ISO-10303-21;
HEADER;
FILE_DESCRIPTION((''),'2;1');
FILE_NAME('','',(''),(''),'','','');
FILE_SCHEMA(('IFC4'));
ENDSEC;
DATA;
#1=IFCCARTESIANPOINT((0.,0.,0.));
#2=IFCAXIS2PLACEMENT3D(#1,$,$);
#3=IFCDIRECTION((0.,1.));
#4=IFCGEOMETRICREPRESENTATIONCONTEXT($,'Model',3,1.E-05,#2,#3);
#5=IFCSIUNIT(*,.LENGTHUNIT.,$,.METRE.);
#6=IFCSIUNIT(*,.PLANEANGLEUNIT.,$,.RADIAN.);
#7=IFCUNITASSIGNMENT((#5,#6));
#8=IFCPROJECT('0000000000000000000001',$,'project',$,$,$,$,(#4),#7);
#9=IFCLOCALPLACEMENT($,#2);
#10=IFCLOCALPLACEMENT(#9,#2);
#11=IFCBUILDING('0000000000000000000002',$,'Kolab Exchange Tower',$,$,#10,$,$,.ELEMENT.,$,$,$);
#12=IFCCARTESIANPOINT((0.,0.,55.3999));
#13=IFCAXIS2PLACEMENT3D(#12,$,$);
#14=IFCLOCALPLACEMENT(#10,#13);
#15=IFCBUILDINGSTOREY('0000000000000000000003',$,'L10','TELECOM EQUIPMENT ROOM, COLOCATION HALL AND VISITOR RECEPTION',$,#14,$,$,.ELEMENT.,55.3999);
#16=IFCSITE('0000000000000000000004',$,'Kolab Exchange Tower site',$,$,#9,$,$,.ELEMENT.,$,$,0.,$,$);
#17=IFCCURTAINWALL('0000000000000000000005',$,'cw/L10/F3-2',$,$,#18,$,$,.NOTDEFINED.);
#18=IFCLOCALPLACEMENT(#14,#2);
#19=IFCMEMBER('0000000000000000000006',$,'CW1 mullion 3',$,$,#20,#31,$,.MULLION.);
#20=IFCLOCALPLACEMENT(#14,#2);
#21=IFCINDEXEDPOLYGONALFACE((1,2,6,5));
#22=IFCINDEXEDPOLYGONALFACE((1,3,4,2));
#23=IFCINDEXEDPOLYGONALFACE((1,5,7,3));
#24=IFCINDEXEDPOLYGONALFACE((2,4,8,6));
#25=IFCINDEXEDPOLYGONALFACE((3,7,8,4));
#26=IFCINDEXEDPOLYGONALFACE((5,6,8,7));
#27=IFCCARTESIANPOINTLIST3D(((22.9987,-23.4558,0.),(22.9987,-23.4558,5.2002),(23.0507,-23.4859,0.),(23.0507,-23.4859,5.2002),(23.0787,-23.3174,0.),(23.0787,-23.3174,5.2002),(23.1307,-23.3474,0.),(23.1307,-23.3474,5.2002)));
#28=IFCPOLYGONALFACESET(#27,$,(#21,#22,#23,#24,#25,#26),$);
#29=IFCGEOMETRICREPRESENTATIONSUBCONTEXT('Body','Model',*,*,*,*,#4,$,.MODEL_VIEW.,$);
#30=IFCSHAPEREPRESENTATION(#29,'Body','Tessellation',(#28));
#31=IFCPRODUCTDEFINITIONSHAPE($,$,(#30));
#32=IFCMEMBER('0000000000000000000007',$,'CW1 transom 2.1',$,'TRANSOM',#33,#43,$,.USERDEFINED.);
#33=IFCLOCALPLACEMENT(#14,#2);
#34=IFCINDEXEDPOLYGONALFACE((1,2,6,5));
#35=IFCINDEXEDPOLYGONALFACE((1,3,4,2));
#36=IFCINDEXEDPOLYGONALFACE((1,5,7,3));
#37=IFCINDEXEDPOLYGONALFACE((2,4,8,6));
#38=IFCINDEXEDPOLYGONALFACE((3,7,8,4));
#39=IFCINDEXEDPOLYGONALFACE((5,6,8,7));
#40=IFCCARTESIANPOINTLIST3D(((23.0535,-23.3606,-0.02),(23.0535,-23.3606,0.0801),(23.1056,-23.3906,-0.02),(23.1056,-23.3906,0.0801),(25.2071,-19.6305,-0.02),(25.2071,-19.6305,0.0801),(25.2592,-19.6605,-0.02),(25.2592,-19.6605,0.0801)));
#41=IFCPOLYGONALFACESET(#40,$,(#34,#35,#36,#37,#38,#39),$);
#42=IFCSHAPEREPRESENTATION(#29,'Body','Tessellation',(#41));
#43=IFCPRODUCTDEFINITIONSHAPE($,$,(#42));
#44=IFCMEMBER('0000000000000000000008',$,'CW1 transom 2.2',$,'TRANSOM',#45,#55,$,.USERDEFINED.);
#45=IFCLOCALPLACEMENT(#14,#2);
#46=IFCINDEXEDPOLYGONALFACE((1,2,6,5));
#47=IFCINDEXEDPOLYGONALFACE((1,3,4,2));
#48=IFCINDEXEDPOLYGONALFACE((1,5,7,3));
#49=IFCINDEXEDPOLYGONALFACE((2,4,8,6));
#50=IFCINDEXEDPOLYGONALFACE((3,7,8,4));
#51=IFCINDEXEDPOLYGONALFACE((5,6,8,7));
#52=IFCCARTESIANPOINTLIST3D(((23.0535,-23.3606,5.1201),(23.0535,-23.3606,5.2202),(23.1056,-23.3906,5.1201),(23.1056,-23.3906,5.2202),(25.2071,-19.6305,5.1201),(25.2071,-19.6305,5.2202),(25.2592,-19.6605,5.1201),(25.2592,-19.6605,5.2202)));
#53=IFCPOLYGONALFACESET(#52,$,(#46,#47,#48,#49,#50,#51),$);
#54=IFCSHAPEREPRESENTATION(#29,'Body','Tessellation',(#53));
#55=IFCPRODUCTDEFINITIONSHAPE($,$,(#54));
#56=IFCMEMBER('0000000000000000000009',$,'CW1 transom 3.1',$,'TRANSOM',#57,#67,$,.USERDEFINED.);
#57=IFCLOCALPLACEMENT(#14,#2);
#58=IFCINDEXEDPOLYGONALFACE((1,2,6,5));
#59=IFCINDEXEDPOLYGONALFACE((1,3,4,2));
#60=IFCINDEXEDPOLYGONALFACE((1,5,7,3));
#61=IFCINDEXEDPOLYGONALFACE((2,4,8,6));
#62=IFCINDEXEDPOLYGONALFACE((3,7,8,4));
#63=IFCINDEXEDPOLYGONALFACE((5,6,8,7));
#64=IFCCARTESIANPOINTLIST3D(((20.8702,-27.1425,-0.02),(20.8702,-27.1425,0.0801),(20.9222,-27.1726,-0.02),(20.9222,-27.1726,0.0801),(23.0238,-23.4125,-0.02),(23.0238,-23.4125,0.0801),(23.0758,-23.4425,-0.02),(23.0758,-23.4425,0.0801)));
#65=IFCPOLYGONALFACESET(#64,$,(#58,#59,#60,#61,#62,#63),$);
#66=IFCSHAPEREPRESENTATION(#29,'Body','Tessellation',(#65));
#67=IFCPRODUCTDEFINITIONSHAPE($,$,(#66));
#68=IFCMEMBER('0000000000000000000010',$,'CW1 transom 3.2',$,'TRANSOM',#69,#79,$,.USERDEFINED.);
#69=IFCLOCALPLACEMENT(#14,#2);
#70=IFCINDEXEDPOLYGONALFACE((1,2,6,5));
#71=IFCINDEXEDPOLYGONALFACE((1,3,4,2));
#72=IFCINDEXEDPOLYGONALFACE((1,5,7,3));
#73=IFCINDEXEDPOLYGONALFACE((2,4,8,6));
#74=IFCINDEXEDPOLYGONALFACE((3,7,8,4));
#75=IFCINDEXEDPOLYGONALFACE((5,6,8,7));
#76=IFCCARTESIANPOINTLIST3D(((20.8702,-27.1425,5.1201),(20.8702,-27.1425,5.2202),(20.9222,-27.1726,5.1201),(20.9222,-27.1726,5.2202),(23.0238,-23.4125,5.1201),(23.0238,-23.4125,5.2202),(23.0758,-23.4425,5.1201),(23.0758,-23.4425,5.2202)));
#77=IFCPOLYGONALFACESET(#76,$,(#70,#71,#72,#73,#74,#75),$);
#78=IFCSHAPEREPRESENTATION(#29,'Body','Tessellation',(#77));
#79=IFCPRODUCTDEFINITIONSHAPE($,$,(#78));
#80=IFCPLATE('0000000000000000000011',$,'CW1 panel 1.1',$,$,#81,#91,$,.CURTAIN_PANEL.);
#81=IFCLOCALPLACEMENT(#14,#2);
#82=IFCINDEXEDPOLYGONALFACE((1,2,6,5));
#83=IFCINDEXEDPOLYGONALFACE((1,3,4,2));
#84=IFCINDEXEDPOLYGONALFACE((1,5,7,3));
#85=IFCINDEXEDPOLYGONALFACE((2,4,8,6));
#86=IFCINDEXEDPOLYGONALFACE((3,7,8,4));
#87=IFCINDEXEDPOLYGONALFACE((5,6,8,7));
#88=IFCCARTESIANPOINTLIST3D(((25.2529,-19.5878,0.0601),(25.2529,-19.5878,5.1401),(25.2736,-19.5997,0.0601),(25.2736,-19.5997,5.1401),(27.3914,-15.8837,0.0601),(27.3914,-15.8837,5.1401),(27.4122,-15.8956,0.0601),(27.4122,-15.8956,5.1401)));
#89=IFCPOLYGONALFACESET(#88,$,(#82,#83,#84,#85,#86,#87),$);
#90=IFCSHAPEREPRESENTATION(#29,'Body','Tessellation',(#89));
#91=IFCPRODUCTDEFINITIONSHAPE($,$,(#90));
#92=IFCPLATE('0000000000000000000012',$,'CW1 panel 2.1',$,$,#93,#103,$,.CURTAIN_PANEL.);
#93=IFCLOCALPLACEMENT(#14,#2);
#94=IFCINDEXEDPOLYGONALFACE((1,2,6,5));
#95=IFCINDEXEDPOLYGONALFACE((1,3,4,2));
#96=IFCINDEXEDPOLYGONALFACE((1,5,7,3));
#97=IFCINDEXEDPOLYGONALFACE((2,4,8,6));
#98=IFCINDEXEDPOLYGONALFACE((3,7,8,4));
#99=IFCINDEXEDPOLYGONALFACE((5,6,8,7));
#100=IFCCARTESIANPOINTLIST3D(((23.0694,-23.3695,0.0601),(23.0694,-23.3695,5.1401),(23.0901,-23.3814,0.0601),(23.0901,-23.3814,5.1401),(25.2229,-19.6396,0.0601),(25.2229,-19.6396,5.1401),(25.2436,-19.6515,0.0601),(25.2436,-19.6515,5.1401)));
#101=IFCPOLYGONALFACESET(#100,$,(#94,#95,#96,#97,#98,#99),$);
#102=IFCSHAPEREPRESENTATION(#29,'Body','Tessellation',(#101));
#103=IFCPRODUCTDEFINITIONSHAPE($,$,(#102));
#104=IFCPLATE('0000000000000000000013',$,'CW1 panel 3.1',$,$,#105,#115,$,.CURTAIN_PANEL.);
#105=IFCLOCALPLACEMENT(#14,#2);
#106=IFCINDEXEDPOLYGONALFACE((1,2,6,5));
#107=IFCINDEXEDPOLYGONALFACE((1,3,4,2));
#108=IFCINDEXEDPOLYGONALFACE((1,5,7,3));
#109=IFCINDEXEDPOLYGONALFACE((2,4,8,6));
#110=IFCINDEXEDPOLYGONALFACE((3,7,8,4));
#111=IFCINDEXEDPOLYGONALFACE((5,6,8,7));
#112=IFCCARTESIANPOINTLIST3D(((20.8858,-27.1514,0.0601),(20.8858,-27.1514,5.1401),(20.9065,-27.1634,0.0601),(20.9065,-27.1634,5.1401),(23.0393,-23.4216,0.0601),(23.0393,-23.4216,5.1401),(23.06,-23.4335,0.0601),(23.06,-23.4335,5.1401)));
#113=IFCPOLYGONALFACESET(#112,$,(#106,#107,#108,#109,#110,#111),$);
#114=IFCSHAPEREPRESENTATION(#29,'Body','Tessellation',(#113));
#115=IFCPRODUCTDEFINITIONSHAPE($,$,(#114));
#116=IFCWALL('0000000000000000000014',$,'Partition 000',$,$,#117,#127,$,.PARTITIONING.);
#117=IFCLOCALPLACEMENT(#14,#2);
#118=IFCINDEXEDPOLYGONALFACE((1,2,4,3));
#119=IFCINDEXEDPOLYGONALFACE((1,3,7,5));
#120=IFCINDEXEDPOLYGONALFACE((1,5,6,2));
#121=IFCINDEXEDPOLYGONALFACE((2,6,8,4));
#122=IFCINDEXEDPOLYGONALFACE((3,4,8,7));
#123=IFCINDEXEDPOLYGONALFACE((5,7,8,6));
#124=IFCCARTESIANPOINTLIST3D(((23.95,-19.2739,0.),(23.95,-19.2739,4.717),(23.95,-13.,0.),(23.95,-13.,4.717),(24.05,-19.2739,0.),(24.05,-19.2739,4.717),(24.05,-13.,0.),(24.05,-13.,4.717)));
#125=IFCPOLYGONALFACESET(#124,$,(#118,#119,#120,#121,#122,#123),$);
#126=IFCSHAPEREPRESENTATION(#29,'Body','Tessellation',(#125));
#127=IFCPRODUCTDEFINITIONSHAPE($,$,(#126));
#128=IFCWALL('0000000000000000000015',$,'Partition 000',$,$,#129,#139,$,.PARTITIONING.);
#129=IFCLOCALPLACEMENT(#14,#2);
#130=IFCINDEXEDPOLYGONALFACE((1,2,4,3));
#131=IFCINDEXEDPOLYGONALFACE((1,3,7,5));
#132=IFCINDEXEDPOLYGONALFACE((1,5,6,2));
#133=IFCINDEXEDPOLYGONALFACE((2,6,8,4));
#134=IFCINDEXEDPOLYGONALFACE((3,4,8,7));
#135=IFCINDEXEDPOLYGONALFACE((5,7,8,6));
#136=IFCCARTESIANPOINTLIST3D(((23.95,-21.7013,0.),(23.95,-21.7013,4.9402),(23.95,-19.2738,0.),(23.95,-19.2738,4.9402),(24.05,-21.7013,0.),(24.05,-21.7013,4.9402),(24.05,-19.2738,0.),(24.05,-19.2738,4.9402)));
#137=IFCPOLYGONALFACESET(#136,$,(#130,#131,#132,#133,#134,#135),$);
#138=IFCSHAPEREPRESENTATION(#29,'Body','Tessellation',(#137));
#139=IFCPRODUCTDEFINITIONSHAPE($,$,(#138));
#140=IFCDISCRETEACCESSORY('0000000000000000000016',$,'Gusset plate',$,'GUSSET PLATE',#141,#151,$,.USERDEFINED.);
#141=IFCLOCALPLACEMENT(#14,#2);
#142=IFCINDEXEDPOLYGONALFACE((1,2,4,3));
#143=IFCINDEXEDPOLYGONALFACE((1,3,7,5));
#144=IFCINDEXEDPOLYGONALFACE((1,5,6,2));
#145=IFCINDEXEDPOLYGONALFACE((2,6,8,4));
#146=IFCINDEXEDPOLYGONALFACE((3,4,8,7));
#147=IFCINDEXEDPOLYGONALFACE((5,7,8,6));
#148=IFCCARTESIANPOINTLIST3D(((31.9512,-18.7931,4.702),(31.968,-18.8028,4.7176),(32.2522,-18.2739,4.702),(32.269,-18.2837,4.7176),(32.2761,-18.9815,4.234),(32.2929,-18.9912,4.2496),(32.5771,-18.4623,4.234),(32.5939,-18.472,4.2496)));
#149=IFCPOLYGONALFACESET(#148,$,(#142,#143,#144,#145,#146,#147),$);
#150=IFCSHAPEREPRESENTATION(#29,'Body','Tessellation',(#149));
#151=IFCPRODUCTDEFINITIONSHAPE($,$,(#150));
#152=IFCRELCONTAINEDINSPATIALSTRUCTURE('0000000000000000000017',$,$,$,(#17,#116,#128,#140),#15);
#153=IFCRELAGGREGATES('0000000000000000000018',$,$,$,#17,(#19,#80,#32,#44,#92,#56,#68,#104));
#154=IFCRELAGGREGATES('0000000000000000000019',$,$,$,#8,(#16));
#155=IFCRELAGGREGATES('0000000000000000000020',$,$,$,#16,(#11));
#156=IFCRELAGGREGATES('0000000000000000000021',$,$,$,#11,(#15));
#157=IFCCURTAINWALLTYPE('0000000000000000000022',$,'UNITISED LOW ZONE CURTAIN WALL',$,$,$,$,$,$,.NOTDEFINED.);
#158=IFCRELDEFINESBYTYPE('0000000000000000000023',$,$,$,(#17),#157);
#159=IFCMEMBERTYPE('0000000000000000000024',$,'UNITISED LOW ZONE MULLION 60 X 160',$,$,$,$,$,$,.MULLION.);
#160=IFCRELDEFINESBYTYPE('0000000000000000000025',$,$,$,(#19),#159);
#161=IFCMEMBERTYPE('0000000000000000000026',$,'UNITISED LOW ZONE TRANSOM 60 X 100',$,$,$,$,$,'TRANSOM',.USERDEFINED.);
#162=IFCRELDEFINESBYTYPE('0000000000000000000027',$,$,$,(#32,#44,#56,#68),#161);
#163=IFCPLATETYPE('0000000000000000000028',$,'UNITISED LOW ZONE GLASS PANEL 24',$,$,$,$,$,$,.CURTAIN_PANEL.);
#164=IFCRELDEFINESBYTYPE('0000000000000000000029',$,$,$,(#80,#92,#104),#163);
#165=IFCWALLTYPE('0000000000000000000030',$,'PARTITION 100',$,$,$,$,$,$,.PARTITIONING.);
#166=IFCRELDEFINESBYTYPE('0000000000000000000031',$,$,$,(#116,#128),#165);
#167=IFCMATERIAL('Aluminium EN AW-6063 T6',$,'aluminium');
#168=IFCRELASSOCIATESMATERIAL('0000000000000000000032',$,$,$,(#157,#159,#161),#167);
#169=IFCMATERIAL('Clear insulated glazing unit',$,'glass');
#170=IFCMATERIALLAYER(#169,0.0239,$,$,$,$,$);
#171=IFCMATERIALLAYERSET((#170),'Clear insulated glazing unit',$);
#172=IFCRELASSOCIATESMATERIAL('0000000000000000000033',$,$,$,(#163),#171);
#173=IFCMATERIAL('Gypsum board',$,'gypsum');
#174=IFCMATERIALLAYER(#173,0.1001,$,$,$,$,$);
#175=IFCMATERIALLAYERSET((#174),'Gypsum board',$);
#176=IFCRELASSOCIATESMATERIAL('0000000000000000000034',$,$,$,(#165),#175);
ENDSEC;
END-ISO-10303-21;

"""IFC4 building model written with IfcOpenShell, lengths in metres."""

from ifc_helpers import new_model, si_unit, direction, frame, frame_2d, origin, origin_2d, place, context, subcontext, project, spatial, rectangle, extrude, material, layer, layer_set, material_profile, profile_set, type_object, element, aggregate, save


model = new_model("IFC4")

# Units and contexts
model_context = context("Model", 3, precision=1e-05, world=origin(), true_north=direction((0.0, 1.0)))
body_context = subcontext(model_context, "Body", "Model", "MODEL_VIEW")
ifc_project = project(units=[si_unit("LENGTHUNIT", "METRE"), si_unit("PLANEANGLEUNIT", "RADIAN")], contexts=[model_context])

# Site, building, storey
site_placement = place(None, origin())
site = spatial("IfcSite", under=ifc_project, at=site_placement, Name="Kolab Exchange Tower site", CompositionType="ELEMENT", RefElevation=0.0)
building_placement = place(site_placement, origin())
building = spatial("IfcBuilding", under=site, at=building_placement, Name="Kolab Exchange Tower", CompositionType="ELEMENT")
storey_placement = place(building_placement, frame((0.0, 0.0, 55.3999)))
storey = spatial("IfcBuildingStorey", under=building, at=storey_placement, Name="L10", Description="TELECOM EQUIPMENT ROOM, COLOCATION HALL AND VISITOR RECEPTION", CompositionType="ELEMENT", Elevation=55.3999)

# Curtain wall, members, plates
ifc_material_1 = material(Name="Aluminium EN AW-6063 T6", Category="aluminium")
curtain_wall_type = type_object("IfcCurtainWallType", Name="UNITISED LOW ZONE CURTAIN WALL", PredefinedType="NOTDEFINED", material=ifc_material_1)
curtain_wall_placement = place(storey_placement, origin())
curtain_wall = element("IfcCurtainWall", 1, at=curtain_wall_placement, inside=storey, type_object=curtain_wall_type, Name="cw/L10/F3-2", PredefinedType="NOTDEFINED")
ifc_material_profile_1 = material_profile(ifc_material_1, rectangle(XDim=0.0601, YDim=0.1599, at=origin_2d()), Name="RECT 60X160")
ifc_profile_set_1 = profile_set([ifc_material_profile_1], Name="Aluminium EN AW-6063 T6")
member_type_1 = type_object("IfcMemberType", Name="UNITISED LOW ZONE MULLION 60 X 160", PredefinedType="MULLION", material=ifc_profile_set_1)
member_1_placement = place(storey_placement, frame((23.0647, -23.4016, 0.0), z_axis=(0.0, 0.0, 1.0), x_axis=(0.866025, -0.5, 0.0)))
member_1 = element("IfcMember", 2, at=member_1_placement, type_object=member_type_1, Name="CW1 mullion 3", PredefinedType="MULLION", context=body_context, shape_type="SweptSolid", body=[
    extrude(rectangle(XDim=0.0601, YDim=0.1599, at=origin_2d()), origin(), (0.0, 0.0, 1.0), 5.2002),
])
ifc_material_profile_2 = material_profile(ifc_material_1, rectangle(XDim=0.0601, YDim=0.1001, at=origin_2d()), Name="RECT 60X100")
ifc_profile_set_2 = profile_set([ifc_material_profile_2], Name="Aluminium EN AW-6063 T6")
member_type_2 = type_object("IfcMemberType", Name="UNITISED LOW ZONE TRANSOM 60 X 100", ElementType="TRANSOM", PredefinedType="USERDEFINED", material=ifc_profile_set_2)
member_2_placement = place(storey_placement, frame((25.2332, -19.6455, 0.03), z_axis=(-0.50001, -0.866019, 0.0), x_axis=(0.866019, -0.50001, 0.0)))
member_2 = element("IfcMember", 3, at=member_2_placement, type_object=member_type_2, Name="CW1 transom 2.1", ObjectType="TRANSOM", PredefinedType="USERDEFINED", context=body_context, shape_type="SweptSolid", body=[
    extrude(rectangle(XDim=0.0601, YDim=0.1001, at=origin_2d()), origin(), (0.0, 0.0, 1.0), 4.3071),
])
member_3_placement = place(storey_placement, frame((25.2332, -19.6455, 5.1702), z_axis=(-0.50001, -0.866019, 0.0), x_axis=(0.866019, -0.50001, 0.0)))
member_3 = element("IfcMember", 4, at=member_3_placement, type_object=member_type_2, Name="CW1 transom 2.2", ObjectType="TRANSOM", PredefinedType="USERDEFINED", context=body_context, shape_type="SweptSolid", body=[
    extrude(rectangle(XDim=0.0601, YDim=0.1001, at=origin_2d()), origin(), (0.0, 0.0, 1.0), 4.3071),
])
member_4_placement = place(storey_placement, frame((23.0498, -23.4275, 0.03), z_axis=(-0.50001, -0.866019, 0.0), x_axis=(0.866019, -0.50001, 0.0)))
member_4 = element("IfcMember", 5, at=member_4_placement, type_object=member_type_2, Name="CW1 transom 3.1", ObjectType="TRANSOM", PredefinedType="USERDEFINED", context=body_context, shape_type="SweptSolid", body=[
    extrude(rectangle(XDim=0.0601, YDim=0.1001, at=origin_2d()), origin(), (0.0, 0.0, 1.0), 4.3071),
])
member_5_placement = place(storey_placement, frame((23.0498, -23.4275, 5.1702), z_axis=(-0.50001, -0.866019, 0.0), x_axis=(0.866019, -0.50001, 0.0)))
member_5 = element("IfcMember", 6, at=member_5_placement, type_object=member_type_2, Name="CW1 transom 3.2", ObjectType="TRANSOM", PredefinedType="USERDEFINED", context=body_context, shape_type="SweptSolid", body=[
    extrude(rectangle(XDim=0.0601, YDim=0.1001, at=origin_2d()), origin(), (0.0, 0.0, 1.0), 4.3071),
])
ifc_material_2 = material(Name="Clear insulated glazing unit", Category="glass")
ifc_layer_1 = layer(ifc_material_2, 0.0239)
ifc_layer_set_1 = layer_set([ifc_layer_1], Name="Clear insulated glazing unit")
plate_type = type_object("IfcPlateType", Name="UNITISED LOW ZONE GLASS PANEL 24", PredefinedType="CURTAIN_PANEL", material=ifc_layer_set_1)
plate_1_placement = place(storey_placement, frame((26.3325, -17.7417, 0.0601), z_axis=(0.0, 0.0, 1.0), x_axis=(-0.5, -0.866025, 0.0)))
plate_1 = element("IfcPlate", 7, at=plate_1_placement, type_object=plate_type, Name="CW1 panel 1.1", PredefinedType="CURTAIN_PANEL", context=body_context, shape_type="SweptSolid", body=[
    extrude(rectangle(XDim=4.2771, YDim=0.0239, at=origin_2d()), origin(), (0.0, 0.0, 1.0), 5.0801),
])
plate_2_placement = place(storey_placement, frame((24.1565, -21.5105, 0.0601), z_axis=(0.0, 0.0, 1.0), x_axis=(-0.5, -0.866025, 0.0)))
plate_2 = element("IfcPlate", 8, at=plate_2_placement, type_object=plate_type, Name="CW1 panel 2.1", PredefinedType="CURTAIN_PANEL", context=body_context, shape_type="SweptSolid", body=[
    extrude(rectangle(XDim=4.3069, YDim=0.0239, at=origin_2d()), origin(), (0.0, 0.0, 1.0), 5.0801),
])
plate_3_placement = place(storey_placement, frame((21.9729, -25.2925, 0.0601), z_axis=(0.0, 0.0, 1.0), x_axis=(-0.5, -0.866025, 0.0)))
plate_3 = element("IfcPlate", 9, at=plate_3_placement, type_object=plate_type, Name="CW1 panel 3.1", PredefinedType="CURTAIN_PANEL", context=body_context, shape_type="SweptSolid", body=[
    extrude(rectangle(XDim=4.3069, YDim=0.0239, at=origin_2d()), origin(), (0.0, 0.0, 1.0), 5.0801),
])
aggregate(curtain_wall, [member_1, plate_1, member_2, member_3, plate_2, member_4, member_5, plate_3])

# Walls
ifc_material_3 = material(Name="Gypsum board", Category="gypsum")
ifc_layer_2 = layer(ifc_material_3, 0.1001)
ifc_layer_set_2 = layer_set([ifc_layer_2], Name="Gypsum board")
wall_type = type_object("IfcWallType", Name="PARTITION 100", PredefinedType="PARTITIONING", material=ifc_layer_set_2)
wall_1_placement = place(storey_placement, frame((24.0, -19.2739, 0.0), z_axis=(0.0, 0.0, 1.0), x_axis=(0.0, 1.0, 0.0)))
element("IfcWall", 10, at=wall_1_placement, inside=storey, type_object=wall_type, Name="Partition 000", PredefinedType="PARTITIONING", context=body_context, shape_type="SweptSolid", body=[
    extrude(rectangle(XDim=6.2739, YDim=0.1001, at=frame_2d((3.137, 0.0))), origin(), (0.0, 0.0, 1.0), 4.717),
])
wall_2_placement = place(storey_placement, frame((24.0, -21.7014, 0.0), z_axis=(0.0, 0.0, 1.0), x_axis=(0.0, 1.0, 0.0)))
element("IfcWall", 11, at=wall_2_placement, inside=storey, type_object=wall_type, Name="Partition 000", PredefinedType="PARTITIONING", context=body_context, shape_type="SweptSolid", body=[
    extrude(rectangle(XDim=2.4275, YDim=0.1001, at=frame_2d((1.2139, 0.0))), origin(), (0.0, 0.0, 1.0), 4.9402),
])

# Discrete accessory
discrete_accessory_placement = place(storey_placement, frame((32.2642, -18.6277, 4.468), z_axis=(0.674754, -0.391162, 0.625859), x_axis=(0.50153, 0.86514, 0.0)))
element("IfcDiscreteAccessory", 12, at=discrete_accessory_placement, inside=storey, Name="Gusset plate", ObjectType="GUSSET PLATE", PredefinedType="USERDEFINED", context=body_context, shape_type="SweptSolid", body=[
    extrude(rectangle(XDim=0.6001, YDim=0.6001, at=origin_2d()), origin(), (0.0, 0.0, 1.0), 0.0249),
])

save(model, "model.ifc")
